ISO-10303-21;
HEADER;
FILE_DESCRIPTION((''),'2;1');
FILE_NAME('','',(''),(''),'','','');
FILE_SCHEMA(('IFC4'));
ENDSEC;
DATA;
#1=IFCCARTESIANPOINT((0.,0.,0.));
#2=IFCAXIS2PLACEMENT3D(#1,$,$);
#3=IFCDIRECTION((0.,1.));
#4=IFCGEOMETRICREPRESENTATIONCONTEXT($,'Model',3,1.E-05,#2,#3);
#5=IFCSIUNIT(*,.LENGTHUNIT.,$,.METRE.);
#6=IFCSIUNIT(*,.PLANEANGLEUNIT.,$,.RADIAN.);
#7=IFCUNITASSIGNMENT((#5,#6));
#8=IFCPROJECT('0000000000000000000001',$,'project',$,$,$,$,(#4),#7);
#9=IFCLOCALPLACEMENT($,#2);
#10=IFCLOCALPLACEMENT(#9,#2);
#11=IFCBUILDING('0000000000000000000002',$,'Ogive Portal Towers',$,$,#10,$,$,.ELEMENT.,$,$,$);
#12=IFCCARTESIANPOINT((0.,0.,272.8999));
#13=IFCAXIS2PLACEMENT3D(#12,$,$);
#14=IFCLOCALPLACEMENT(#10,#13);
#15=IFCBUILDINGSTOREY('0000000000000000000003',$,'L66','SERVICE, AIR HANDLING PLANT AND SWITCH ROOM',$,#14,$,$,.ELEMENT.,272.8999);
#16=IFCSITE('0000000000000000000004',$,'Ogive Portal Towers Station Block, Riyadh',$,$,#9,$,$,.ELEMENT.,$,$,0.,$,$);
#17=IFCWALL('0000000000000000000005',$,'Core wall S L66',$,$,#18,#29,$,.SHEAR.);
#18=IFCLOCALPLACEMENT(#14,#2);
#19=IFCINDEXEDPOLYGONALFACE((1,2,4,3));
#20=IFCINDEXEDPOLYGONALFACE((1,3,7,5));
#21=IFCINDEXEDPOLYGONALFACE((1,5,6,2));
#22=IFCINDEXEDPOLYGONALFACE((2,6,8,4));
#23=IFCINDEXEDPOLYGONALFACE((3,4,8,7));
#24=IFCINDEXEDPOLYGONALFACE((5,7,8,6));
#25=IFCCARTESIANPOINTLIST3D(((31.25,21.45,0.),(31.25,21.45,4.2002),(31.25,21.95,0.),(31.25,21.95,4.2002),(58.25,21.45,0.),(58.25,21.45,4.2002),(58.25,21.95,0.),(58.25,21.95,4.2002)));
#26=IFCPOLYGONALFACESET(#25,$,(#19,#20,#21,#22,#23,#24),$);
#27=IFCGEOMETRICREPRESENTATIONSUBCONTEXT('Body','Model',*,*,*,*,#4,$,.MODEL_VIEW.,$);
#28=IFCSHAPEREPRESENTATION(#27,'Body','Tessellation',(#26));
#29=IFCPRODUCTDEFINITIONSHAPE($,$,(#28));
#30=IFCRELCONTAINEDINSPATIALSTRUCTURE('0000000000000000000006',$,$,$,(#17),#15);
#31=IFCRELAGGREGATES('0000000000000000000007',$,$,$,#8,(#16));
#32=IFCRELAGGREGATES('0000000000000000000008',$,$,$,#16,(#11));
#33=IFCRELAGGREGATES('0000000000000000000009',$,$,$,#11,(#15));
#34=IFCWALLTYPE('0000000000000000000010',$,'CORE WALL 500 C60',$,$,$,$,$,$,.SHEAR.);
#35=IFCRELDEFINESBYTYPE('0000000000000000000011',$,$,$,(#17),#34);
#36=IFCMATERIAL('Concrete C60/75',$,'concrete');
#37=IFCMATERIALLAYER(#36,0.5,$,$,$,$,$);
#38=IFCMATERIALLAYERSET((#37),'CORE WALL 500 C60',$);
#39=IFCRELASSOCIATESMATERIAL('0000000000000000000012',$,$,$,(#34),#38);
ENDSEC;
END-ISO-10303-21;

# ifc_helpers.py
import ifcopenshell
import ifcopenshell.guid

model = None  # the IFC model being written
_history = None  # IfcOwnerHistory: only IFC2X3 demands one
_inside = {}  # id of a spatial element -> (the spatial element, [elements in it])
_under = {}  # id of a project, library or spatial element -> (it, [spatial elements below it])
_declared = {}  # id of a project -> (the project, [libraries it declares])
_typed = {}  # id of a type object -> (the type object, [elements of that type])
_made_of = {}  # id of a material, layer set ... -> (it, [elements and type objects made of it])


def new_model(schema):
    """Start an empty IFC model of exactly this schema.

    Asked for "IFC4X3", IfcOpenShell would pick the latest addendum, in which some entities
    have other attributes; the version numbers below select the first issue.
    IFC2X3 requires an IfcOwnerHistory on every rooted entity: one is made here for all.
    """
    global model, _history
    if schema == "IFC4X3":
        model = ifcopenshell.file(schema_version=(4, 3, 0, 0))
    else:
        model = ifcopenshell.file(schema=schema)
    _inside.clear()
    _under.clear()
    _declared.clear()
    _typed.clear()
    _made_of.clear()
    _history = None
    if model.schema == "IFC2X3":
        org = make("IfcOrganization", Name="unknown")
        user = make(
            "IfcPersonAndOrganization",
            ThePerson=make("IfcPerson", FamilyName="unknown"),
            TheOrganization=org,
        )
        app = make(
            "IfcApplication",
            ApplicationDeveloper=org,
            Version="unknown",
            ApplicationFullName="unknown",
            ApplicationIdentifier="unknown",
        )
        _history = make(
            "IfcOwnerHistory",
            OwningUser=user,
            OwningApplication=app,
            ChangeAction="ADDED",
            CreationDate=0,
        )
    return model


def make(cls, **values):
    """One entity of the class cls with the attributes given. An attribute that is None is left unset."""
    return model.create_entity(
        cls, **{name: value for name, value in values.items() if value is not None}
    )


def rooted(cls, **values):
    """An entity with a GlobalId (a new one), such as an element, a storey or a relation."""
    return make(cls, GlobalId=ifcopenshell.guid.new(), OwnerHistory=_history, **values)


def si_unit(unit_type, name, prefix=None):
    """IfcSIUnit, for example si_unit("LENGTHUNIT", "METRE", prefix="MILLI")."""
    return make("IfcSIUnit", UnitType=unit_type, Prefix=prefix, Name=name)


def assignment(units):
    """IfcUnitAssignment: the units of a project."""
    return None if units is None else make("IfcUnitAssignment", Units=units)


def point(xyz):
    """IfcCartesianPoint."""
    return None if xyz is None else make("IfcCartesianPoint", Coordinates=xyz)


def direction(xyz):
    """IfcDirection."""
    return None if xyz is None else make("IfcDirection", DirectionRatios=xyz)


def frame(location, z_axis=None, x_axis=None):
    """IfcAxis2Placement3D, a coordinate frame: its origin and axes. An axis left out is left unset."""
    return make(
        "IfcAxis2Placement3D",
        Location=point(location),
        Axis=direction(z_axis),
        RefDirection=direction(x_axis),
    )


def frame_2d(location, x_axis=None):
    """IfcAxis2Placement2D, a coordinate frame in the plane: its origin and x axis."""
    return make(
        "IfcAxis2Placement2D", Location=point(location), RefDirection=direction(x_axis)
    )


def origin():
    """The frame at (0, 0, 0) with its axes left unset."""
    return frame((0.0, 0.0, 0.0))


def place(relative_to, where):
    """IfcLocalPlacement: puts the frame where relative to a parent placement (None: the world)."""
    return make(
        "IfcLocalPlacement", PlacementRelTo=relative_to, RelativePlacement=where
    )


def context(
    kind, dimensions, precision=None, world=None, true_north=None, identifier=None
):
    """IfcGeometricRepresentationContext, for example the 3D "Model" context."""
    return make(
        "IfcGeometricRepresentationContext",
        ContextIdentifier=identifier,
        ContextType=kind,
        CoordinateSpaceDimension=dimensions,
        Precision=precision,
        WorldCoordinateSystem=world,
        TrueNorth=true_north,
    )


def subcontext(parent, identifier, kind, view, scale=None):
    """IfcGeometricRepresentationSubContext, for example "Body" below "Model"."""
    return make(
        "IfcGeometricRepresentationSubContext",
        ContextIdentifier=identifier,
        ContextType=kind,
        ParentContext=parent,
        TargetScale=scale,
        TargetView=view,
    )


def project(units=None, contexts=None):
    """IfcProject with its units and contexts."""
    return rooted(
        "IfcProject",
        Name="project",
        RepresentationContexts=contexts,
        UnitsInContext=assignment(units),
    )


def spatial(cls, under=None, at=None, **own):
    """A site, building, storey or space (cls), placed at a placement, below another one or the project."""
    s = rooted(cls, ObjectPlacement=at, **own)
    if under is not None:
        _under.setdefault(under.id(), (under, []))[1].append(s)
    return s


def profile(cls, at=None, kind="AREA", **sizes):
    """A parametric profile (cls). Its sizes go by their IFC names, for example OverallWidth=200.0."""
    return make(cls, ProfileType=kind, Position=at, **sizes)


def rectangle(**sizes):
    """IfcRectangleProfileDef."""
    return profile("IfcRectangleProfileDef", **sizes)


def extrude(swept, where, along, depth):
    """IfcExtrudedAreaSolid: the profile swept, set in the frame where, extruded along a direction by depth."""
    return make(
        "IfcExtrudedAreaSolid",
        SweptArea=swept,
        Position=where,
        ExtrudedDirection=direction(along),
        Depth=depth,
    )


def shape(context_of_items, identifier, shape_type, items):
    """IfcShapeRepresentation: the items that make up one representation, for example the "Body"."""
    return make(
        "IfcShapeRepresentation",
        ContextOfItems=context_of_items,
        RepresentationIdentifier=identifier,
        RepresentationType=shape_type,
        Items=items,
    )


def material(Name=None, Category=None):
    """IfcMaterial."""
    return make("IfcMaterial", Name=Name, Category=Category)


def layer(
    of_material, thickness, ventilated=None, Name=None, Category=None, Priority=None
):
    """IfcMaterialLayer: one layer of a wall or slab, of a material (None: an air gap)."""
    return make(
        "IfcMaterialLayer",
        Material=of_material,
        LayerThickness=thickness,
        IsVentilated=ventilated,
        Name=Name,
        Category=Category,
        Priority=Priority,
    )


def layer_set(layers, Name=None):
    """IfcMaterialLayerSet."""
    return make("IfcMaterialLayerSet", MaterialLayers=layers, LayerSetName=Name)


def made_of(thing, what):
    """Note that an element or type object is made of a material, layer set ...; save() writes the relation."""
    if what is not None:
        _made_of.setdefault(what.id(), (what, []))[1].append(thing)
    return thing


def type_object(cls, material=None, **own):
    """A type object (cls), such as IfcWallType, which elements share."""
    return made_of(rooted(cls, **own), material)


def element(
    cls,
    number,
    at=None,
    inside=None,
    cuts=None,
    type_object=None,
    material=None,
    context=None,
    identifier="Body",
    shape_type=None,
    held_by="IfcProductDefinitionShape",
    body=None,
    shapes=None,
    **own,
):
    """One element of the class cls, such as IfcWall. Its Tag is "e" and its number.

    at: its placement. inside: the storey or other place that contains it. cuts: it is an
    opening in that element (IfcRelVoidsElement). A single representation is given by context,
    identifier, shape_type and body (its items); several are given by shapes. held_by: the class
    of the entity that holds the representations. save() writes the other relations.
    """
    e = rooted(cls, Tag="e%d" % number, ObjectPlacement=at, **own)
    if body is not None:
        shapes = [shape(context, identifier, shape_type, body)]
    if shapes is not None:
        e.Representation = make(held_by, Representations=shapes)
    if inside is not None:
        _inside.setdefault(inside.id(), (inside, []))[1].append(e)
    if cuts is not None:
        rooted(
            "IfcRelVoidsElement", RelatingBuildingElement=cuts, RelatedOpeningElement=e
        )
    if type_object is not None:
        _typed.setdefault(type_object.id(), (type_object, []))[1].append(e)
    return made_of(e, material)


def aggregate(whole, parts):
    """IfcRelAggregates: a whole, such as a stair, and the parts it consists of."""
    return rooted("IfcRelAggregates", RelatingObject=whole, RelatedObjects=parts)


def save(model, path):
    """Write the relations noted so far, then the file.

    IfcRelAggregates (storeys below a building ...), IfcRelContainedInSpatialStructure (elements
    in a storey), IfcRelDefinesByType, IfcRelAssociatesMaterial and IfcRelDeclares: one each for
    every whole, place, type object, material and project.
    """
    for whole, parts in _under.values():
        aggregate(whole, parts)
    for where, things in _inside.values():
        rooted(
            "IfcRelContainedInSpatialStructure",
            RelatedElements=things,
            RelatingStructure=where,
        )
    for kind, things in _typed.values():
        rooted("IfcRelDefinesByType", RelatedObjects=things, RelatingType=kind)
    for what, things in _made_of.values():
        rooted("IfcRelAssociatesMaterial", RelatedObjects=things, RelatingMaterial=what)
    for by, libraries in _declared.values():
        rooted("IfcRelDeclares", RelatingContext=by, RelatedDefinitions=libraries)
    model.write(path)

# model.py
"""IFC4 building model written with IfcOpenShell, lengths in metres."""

from ifc_helpers import new_model, si_unit, direction, frame, frame_2d, origin, place, context, subcontext, project, spatial, rectangle, extrude, material, layer, layer_set, type_object, element, save


model = new_model("IFC4")

# Units and contexts
model_context = context("Model", 3, precision=1e-05, world=origin(), true_north=direction((0.0, 1.0)))
body_context = subcontext(model_context, "Body", "Model", "MODEL_VIEW")
ifc_project = project(units=[si_unit("LENGTHUNIT", "METRE"), si_unit("PLANEANGLEUNIT", "RADIAN")], contexts=[model_context])

# Site, building, storey
site_placement = place(None, origin())
site = spatial("IfcSite", under=ifc_project, at=site_placement, Name="Ogive Portal Towers Station Block, Riyadh", CompositionType="ELEMENT", RefElevation=0.0)
building_placement = place(site_placement, origin())
building = spatial("IfcBuilding", under=site, at=building_placement, Name="Ogive Portal Towers", CompositionType="ELEMENT")
storey_placement = place(building_placement, frame((0.0, 0.0, 272.8999)))
storey = spatial("IfcBuildingStorey", under=building, at=storey_placement, Name="L66", Description="SERVICE, AIR HANDLING PLANT AND SWITCH ROOM", CompositionType="ELEMENT", Elevation=272.8999)

# Wall
ifc_material_1 = material(Name="Concrete C60/75", Category="concrete")
ifc_layer_1 = layer(ifc_material_1, 0.5)
ifc_layer_set_1 = layer_set([ifc_layer_1], Name="CORE WALL 500 C60")
wall_type = type_object("IfcWallType", Name="CORE WALL 500 C60", PredefinedType="SHEAR", material=ifc_layer_set_1)
wall_placement = place(storey_placement, frame((31.25, 21.7, 0.0), z_axis=(0.0, 0.0, 1.0), x_axis=(1.0, 0.0, 0.0)))
element("IfcWall", 1, at=wall_placement, inside=storey, type_object=wall_type, Name="Core wall S L66", PredefinedType="SHEAR", context=body_context, shape_type="SweptSolid", body=[
    extrude(rectangle(XDim=27.0, YDim=0.5, at=frame_2d((13.5, 0.0))), origin(), (0.0, 0.0, 1.0), 4.2002),
])

save(model, "model.ifc")
